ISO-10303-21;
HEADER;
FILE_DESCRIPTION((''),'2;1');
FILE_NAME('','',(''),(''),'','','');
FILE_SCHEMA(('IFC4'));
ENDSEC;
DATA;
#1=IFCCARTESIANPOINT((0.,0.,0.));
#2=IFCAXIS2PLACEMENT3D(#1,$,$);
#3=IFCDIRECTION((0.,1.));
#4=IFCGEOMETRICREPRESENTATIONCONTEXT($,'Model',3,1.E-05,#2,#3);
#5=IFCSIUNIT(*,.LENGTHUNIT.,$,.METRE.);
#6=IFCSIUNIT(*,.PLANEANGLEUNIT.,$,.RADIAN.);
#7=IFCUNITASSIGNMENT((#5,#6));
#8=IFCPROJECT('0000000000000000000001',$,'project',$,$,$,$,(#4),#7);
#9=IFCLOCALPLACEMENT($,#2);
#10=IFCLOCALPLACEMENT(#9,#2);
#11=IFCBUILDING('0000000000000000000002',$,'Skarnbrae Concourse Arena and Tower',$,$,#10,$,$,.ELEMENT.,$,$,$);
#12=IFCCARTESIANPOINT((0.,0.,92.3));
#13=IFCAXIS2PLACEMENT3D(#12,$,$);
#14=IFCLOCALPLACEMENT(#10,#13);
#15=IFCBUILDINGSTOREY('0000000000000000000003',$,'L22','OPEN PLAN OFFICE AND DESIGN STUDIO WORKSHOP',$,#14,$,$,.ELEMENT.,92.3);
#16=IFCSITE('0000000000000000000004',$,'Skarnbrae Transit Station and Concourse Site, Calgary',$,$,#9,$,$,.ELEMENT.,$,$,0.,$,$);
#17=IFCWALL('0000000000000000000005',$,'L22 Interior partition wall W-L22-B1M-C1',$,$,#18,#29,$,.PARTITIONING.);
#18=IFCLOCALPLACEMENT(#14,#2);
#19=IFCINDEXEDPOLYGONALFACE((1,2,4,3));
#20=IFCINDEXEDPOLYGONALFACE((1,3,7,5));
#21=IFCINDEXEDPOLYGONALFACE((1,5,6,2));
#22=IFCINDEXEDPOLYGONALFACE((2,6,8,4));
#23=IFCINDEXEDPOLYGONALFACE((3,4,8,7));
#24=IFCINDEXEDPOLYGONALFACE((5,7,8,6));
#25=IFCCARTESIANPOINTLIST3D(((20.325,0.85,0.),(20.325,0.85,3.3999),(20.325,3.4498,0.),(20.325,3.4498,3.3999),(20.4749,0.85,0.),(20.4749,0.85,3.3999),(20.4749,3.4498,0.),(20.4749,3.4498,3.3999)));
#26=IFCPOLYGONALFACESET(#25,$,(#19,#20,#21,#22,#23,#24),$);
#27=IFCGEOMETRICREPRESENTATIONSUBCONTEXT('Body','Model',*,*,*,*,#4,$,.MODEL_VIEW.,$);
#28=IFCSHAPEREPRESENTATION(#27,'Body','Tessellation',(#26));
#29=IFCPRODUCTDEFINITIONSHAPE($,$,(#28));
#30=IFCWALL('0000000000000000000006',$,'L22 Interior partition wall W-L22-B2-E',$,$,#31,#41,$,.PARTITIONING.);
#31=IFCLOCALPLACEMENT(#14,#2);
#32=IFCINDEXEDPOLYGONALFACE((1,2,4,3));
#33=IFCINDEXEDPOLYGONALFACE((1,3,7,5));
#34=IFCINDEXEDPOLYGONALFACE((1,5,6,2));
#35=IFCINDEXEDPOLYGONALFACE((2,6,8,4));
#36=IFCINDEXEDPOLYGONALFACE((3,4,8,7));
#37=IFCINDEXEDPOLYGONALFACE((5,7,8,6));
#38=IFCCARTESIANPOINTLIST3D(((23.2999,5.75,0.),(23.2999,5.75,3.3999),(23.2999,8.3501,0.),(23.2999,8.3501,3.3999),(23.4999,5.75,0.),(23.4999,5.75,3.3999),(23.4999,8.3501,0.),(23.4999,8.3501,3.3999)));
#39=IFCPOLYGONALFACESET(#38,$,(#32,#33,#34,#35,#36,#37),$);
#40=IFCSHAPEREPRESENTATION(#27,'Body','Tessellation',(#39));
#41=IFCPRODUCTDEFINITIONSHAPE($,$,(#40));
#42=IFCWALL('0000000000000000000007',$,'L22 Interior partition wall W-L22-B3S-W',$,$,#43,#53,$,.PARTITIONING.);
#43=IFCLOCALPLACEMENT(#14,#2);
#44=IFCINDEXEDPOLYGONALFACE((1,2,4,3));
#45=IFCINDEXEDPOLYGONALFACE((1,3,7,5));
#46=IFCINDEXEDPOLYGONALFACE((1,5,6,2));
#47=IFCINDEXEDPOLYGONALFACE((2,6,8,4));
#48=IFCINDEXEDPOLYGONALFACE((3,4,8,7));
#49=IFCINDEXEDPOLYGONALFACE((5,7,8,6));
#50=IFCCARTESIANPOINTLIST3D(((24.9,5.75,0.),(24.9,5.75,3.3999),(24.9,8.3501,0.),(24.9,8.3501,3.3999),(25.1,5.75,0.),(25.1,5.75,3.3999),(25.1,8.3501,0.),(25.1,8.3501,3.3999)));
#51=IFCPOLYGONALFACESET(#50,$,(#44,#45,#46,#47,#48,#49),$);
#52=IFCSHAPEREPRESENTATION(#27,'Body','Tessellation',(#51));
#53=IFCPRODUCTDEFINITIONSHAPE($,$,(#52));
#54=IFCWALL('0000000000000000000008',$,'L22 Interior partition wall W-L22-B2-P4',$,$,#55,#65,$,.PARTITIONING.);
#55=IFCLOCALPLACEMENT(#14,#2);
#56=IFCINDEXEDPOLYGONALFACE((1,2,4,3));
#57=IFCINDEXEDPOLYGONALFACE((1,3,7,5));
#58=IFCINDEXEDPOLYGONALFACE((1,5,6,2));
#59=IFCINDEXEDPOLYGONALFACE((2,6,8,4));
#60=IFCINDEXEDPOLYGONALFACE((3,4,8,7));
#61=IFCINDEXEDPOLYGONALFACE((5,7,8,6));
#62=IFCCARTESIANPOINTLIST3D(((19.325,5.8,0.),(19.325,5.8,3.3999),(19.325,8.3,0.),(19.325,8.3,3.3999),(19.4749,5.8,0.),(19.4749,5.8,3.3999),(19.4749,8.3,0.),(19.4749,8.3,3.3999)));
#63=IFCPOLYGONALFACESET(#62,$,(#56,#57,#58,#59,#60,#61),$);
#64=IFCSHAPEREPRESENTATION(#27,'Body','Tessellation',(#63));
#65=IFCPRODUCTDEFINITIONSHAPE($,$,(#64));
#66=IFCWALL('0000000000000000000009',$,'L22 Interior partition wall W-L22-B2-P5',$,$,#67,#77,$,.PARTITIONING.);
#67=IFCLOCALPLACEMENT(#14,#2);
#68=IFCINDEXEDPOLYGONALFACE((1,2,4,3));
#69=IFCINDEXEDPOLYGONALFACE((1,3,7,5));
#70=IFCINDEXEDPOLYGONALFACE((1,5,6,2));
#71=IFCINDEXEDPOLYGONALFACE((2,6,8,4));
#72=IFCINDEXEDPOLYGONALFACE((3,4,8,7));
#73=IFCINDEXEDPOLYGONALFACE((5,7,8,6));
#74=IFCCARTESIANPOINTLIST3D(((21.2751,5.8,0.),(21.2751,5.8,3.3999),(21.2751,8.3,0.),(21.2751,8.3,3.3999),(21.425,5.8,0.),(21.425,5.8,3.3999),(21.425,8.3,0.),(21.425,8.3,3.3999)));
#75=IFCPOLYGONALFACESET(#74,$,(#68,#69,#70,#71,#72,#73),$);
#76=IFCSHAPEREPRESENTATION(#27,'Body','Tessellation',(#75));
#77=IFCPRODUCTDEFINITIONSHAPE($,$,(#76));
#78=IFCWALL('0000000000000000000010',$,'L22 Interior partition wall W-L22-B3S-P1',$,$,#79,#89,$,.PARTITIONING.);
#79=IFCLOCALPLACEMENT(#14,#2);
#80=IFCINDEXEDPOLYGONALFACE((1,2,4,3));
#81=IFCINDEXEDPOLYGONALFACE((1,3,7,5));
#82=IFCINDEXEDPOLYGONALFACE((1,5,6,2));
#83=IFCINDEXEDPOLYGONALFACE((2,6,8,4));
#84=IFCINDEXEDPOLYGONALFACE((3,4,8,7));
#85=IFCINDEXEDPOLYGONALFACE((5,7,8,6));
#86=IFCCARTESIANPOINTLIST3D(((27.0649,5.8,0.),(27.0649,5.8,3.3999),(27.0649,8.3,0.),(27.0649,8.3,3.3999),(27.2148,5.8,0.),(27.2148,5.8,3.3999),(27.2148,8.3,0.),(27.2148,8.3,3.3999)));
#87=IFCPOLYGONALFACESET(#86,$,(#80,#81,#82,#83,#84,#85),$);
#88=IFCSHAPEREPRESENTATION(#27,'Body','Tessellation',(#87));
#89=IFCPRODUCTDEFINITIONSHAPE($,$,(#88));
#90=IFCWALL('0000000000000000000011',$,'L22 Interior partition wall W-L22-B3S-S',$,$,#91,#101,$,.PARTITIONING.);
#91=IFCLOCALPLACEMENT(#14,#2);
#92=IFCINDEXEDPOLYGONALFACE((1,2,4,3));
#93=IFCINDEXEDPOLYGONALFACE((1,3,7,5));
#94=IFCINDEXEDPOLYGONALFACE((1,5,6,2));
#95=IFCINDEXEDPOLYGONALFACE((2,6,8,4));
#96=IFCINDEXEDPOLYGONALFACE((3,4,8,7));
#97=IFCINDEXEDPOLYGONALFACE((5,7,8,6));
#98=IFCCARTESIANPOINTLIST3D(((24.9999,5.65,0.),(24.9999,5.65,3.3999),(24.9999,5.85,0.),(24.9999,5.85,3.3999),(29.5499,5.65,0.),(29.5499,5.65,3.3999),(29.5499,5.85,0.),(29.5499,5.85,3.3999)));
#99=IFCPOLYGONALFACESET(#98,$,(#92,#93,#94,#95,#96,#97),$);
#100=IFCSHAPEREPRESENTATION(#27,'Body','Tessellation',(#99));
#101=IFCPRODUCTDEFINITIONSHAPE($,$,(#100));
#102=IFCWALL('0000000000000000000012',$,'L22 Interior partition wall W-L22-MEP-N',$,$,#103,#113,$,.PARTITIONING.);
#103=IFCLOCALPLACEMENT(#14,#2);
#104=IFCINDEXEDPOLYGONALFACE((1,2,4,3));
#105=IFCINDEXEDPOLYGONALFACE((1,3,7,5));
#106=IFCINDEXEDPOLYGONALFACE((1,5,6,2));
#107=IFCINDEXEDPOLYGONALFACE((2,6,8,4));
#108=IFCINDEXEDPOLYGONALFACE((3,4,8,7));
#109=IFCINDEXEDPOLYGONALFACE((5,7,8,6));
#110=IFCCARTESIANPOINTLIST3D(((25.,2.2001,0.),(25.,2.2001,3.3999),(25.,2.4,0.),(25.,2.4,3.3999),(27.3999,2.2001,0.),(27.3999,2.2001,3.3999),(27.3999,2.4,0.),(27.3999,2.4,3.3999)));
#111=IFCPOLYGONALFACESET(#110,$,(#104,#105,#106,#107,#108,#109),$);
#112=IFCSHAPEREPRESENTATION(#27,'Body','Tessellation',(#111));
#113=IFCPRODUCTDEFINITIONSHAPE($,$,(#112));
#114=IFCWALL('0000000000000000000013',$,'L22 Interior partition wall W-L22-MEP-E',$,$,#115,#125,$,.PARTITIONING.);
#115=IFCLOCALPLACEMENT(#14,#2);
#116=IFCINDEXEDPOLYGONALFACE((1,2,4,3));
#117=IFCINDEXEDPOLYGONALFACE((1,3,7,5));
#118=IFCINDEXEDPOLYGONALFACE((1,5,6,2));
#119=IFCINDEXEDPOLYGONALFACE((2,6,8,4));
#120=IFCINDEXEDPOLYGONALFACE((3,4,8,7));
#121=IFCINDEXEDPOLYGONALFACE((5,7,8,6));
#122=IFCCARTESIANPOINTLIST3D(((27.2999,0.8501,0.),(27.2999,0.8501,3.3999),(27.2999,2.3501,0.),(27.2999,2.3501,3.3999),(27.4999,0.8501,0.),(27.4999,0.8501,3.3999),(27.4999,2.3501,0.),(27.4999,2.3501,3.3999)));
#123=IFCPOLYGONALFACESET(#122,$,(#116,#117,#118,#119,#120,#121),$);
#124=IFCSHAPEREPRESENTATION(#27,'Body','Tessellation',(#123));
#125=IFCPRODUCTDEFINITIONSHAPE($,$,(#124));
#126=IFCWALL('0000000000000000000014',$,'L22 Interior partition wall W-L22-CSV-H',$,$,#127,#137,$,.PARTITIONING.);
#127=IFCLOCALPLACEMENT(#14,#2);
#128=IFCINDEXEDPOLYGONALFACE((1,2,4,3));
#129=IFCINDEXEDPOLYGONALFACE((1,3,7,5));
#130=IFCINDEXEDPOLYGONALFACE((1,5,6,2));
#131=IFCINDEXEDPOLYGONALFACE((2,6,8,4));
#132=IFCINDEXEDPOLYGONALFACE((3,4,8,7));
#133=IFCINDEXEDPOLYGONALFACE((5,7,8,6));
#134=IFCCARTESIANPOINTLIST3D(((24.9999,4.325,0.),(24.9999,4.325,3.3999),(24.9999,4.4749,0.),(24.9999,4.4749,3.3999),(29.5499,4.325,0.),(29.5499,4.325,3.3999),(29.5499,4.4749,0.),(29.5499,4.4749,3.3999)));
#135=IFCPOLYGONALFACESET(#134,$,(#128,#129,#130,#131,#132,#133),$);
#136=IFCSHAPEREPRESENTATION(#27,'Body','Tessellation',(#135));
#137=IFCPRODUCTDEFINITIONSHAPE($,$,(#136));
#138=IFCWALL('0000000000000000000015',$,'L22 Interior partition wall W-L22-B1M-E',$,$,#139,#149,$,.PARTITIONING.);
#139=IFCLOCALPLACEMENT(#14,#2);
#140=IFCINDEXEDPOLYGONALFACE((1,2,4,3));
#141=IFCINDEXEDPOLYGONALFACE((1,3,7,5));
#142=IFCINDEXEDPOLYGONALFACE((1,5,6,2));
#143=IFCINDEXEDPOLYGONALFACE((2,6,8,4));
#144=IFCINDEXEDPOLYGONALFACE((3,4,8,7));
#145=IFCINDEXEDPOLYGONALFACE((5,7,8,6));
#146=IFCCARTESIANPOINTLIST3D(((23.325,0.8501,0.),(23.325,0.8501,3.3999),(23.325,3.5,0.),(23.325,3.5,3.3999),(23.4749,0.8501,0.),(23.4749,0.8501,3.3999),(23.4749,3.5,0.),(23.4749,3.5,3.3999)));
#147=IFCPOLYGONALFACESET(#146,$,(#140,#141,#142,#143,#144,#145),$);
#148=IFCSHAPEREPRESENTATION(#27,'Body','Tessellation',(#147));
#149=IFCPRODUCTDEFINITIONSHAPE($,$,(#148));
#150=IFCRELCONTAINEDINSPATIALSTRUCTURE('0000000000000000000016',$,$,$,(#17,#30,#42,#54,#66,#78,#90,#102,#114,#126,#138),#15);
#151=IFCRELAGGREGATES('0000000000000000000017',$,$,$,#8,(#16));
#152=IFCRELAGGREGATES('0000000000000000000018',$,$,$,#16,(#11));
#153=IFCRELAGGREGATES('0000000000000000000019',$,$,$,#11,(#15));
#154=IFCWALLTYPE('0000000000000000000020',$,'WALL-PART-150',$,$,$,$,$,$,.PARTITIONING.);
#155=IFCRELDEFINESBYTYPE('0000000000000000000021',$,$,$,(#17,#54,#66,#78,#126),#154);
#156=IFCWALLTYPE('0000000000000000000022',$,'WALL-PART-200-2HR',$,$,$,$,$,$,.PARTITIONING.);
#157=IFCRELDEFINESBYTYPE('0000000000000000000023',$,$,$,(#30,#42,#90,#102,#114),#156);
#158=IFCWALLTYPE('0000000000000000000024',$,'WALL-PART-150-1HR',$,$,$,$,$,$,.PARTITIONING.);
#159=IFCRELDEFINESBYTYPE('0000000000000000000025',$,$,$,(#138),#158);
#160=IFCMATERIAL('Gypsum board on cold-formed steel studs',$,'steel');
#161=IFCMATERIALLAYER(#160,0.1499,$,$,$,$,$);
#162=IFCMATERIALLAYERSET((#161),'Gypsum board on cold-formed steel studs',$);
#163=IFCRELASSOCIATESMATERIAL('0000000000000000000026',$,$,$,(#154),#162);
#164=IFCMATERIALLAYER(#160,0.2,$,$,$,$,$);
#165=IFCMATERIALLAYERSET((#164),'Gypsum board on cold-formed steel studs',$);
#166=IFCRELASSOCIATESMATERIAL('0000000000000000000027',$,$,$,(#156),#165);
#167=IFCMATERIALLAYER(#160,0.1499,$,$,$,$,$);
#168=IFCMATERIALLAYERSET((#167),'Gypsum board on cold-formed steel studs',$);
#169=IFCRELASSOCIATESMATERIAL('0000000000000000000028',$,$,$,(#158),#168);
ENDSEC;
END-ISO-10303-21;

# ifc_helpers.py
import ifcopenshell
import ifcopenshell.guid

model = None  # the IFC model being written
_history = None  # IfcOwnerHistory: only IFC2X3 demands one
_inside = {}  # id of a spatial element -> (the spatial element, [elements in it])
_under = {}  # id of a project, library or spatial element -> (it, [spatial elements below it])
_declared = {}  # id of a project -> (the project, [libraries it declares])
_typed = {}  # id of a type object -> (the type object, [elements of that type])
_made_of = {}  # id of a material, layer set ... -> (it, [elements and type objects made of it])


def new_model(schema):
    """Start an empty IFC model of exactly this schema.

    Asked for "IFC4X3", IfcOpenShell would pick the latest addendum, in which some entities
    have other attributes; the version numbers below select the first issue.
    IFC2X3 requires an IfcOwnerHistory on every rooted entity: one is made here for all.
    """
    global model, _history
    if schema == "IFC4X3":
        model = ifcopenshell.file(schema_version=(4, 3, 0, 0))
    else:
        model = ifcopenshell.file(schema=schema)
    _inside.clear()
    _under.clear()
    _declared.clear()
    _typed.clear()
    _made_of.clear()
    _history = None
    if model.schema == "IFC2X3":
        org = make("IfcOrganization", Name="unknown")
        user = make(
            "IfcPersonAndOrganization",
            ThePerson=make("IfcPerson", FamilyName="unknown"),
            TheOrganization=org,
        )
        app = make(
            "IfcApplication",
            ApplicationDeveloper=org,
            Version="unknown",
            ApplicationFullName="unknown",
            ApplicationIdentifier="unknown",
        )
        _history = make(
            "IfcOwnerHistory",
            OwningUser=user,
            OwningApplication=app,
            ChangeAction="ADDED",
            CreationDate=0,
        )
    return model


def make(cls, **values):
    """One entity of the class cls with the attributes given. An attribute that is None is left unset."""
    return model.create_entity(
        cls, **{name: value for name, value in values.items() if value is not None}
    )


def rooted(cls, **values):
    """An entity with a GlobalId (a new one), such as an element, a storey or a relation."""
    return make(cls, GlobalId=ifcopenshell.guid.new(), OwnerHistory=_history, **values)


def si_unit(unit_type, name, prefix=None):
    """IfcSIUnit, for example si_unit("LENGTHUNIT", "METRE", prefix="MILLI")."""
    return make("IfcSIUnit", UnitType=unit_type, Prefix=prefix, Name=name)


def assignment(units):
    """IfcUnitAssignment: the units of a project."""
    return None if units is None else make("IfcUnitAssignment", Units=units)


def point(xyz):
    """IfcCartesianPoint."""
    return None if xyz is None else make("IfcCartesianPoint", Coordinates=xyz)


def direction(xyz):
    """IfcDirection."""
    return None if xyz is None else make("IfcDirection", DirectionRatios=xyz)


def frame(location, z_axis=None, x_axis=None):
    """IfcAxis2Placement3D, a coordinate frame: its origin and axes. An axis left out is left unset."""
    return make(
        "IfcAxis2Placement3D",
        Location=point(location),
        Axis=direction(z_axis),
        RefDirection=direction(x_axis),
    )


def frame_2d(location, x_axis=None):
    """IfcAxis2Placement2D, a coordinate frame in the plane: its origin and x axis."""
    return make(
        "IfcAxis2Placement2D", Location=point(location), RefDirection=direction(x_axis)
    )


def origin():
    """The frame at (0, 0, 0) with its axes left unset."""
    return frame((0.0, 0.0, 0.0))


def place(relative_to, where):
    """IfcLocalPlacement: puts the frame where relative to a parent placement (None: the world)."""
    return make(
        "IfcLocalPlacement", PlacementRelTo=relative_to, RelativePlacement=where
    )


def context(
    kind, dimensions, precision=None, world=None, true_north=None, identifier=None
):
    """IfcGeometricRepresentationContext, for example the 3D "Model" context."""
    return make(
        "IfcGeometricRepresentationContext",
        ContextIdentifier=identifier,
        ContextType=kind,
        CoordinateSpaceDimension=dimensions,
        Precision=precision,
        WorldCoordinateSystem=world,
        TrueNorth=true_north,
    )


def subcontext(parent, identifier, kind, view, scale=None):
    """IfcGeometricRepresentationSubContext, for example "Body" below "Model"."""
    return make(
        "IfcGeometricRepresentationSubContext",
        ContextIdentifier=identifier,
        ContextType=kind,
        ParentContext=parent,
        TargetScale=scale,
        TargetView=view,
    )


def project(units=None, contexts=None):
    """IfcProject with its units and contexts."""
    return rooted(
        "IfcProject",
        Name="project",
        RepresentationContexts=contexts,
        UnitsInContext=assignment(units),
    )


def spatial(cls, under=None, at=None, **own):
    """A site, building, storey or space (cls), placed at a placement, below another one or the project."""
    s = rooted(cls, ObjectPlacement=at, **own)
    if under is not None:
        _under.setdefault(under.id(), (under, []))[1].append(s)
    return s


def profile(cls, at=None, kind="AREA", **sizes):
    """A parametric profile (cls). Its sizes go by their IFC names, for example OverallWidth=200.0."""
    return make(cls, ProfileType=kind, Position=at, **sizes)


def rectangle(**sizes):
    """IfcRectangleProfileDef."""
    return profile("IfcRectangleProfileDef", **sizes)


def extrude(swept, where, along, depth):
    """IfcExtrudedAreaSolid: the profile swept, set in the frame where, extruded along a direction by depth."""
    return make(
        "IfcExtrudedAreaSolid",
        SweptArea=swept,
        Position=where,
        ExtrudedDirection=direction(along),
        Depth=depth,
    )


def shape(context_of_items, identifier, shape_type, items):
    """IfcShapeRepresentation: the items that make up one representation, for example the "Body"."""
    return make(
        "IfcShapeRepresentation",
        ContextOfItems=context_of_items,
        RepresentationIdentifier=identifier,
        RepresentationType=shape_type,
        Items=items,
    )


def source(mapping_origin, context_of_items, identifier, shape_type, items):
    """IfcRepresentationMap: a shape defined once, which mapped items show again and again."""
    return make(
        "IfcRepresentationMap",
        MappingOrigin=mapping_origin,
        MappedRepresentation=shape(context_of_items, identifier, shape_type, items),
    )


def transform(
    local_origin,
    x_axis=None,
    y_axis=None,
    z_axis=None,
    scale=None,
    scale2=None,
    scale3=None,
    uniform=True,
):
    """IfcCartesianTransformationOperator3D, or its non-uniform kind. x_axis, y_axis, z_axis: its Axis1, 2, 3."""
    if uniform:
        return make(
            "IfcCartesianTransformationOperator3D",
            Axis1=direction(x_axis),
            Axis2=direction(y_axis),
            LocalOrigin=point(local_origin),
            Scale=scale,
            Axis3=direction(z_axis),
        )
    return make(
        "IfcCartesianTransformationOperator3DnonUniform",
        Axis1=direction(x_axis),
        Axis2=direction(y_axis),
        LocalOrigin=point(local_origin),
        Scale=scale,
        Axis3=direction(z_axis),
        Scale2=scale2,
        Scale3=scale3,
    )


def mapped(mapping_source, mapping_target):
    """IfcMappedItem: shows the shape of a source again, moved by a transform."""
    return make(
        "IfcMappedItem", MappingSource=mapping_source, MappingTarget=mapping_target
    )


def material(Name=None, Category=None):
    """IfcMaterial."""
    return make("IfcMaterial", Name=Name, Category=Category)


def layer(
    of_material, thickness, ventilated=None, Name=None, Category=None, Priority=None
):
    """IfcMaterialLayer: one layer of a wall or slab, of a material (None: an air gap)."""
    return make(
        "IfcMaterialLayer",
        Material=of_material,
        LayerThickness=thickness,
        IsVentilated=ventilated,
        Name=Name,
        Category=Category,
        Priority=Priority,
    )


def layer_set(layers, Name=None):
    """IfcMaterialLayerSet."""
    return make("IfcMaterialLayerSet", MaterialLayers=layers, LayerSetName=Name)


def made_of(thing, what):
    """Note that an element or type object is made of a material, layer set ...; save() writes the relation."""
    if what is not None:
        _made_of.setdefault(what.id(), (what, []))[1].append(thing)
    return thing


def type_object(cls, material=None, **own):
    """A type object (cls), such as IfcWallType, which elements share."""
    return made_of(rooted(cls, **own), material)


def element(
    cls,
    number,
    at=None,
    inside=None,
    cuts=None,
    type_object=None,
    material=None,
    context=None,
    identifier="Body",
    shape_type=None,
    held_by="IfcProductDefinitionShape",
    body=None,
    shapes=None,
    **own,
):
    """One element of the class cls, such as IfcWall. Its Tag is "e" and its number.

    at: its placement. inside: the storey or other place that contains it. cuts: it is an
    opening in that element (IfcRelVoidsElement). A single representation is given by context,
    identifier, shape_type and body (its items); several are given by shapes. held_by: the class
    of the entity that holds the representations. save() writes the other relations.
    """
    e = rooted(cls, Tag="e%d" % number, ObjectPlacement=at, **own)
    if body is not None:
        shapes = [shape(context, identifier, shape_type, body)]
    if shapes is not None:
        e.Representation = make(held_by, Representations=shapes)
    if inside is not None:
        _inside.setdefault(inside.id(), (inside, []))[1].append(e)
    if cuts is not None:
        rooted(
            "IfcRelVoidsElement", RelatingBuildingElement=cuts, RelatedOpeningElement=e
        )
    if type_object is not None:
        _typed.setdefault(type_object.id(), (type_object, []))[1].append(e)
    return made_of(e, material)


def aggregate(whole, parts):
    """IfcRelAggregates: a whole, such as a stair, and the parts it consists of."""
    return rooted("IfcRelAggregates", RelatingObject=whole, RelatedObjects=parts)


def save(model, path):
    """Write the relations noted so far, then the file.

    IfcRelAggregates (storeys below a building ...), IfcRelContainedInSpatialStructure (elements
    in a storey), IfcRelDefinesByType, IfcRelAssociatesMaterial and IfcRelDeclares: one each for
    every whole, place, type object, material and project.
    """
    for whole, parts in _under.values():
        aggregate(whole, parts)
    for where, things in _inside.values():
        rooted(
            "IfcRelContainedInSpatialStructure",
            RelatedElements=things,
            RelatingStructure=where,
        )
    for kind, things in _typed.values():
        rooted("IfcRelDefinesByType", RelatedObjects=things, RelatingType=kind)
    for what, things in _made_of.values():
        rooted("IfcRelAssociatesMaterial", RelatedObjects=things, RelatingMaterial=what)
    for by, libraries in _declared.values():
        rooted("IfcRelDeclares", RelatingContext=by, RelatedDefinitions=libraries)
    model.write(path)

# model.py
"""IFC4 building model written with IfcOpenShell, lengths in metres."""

from ifc_helpers import new_model, si_unit, direction, frame, frame_2d, origin, place, context, subcontext, project, spatial, rectangle, extrude, source, transform, mapped, material, layer, layer_set, type_object, element, save


model = new_model("IFC4")

# Units and contexts
model_context = context("Model", 3, precision=1e-05, world=origin(), true_north=direction((0.0, 1.0)))
body_context = subcontext(model_context, "Body", "Model", "MODEL_VIEW")
ifc_project = project(units=[si_unit("LENGTHUNIT", "METRE"), si_unit("PLANEANGLEUNIT", "RADIAN")], contexts=[model_context])

# Site, building, storey
site_placement = place(None, origin())
site = spatial("IfcSite", under=ifc_project, at=site_placement, Name="Skarnbrae Transit Station and Concourse Site, Calgary", CompositionType="ELEMENT", RefElevation=0.0)
building_placement = place(site_placement, origin())
building = spatial("IfcBuilding", under=site, at=building_placement, Name="Skarnbrae Concourse Arena and Tower", CompositionType="ELEMENT")
storey_placement = place(building_placement, frame((0.0, 0.0, 92.3)))
storey = spatial("IfcBuildingStorey", under=building, at=storey_placement, Name="L22", Description="OPEN PLAN OFFICE AND DESIGN STUDIO WORKSHOP", CompositionType="ELEMENT", Elevation=92.3)

# Walls
ifc_material_1 = material(Name="Gypsum board on cold-formed steel studs", Category="steel")
ifc_layer_1 = layer(ifc_material_1, 0.1499)
ifc_layer_set_1 = layer_set([ifc_layer_1], Name="Gypsum board on cold-formed steel studs")
wall_type_1 = type_object("IfcWallType", Name="WALL-PART-150", PredefinedType="PARTITIONING", material=ifc_layer_set_1)
shared_shape_1 = source(origin(), body_context, "Body", "SweptSolid", [
    extrude(rectangle(XDim=2.5999, YDim=0.1499, at=frame_2d((1.2998, 0.0))), origin(), (0.0, 0.0, 1.0), 3.3999),
])
wall_1_placement = place(storey_placement, frame((20.3999, 0.8501, 0.0), z_axis=(0.0, 0.0, 1.0), x_axis=(0.0, 1.0, 0.0)))
element("IfcWall", 1, at=wall_1_placement, inside=storey, type_object=wall_type_1, Name="L22 Interior partition wall W-L22-B1M-C1", PredefinedType="PARTITIONING", context=body_context, shape_type="MappedRepresentation", body=[
    mapped(shared_shape_1, transform((0.0, 0.0, 0.0))),
])
ifc_layer_2 = layer(ifc_material_1, 0.2)
ifc_layer_set_2 = layer_set([ifc_layer_2], Name="Gypsum board on cold-formed steel studs")
wall_type_2 = type_object("IfcWallType", Name="WALL-PART-200-2HR", PredefinedType="PARTITIONING", material=ifc_layer_set_2)
shared_shape_2 = source(origin(), body_context, "Body", "SweptSolid", [
    extrude(rectangle(XDim=2.6001, YDim=0.2, at=frame_2d((1.3, 0.0))), origin(), (0.0, 0.0, 1.0), 3.3999),
])
for number, where, z_axis, x_axis, name in (
    (2, (23.3999, 5.75, 0.0), (0.0, 0.0, 1.0), (0.0, 1.0, 0.0), "L22 Interior partition wall W-L22-B2-E"),
    (3, (25.0, 5.75, 0.0), (0.0, 0.0, 1.0), (0.0, 1.0, 0.0), "L22 Interior partition wall W-L22-B3S-W"),
):
    element("IfcWall", number, at=place(storey_placement, frame(where, z_axis=z_axis, x_axis=x_axis)), inside=storey, type_object=wall_type_2, Name=name, PredefinedType="PARTITIONING", context=body_context, shape_type="MappedRepresentation", body=[
        mapped(shared_shape_2, transform((0.0, 0.0, 0.0))),
    ])
shared_shape_3 = source(origin(), body_context, "Body", "SweptSolid", [
    extrude(rectangle(XDim=2.5, YDim=0.1499, at=frame_2d((1.25, 0.0))), origin(), (0.0, 0.0, 1.0), 3.3999),
])
for number, where, z_axis, x_axis, name in (
    (4, (19.3999, 5.8, 0.0), (0.0, 0.0, 1.0), (0.0, 1.0, 0.0), "L22 Interior partition wall W-L22-B2-P4"),
    (5, (21.3501, 5.8, 0.0), (0.0, 0.0, 1.0), (0.0, 1.0, 0.0), "L22 Interior partition wall W-L22-B2-P5"),
    (6, (27.1399, 5.8, 0.0), (0.0, 0.0, 1.0), (0.0, 1.0, 0.0), "L22 Interior partition wall W-L22-B3S-P1"),
):
    element("IfcWall", number, at=place(storey_placement, frame(where, z_axis=z_axis, x_axis=x_axis)), inside=storey, type_object=wall_type_1, Name=name, PredefinedType="PARTITIONING", context=body_context, shape_type="MappedRepresentation", body=[
        mapped(shared_shape_3, transform((0.0, 0.0, 0.0))),
    ])
shared_shape_4 = source(origin(), body_context, "Body", "SweptSolid", [
    extrude(rectangle(XDim=4.55, YDim=0.2, at=frame_2d((2.2749, 0.0))), origin(), (0.0, 0.0, 1.0), 3.3999),
])
wall_2_placement = place(storey_placement, frame((25.0, 5.75, 0.0), z_axis=(0.0, 0.0, 1.0), x_axis=(1.0, 0.0, 0.0)))
element("IfcWall", 7, at=wall_2_placement, inside=storey, type_object=wall_type_2, Name="L22 Interior partition wall W-L22-B3S-S", PredefinedType="PARTITIONING", context=body_context, shape_type="MappedRepresentation", body=[
    mapped(shared_shape_4, transform((0.0, 0.0, 0.0))),
])

# Shared definitions
ifc_layer_3 = layer(ifc_material_1, 0.1499)
ifc_layer_set_3 = layer_set([ifc_layer_3], Name="Gypsum board on cold-formed steel studs")
wall_type_3 = type_object("IfcWallType", Name="WALL-PART-150-1HR", PredefinedType="PARTITIONING", material=ifc_layer_set_3)

# Walls
shared_shape_5 = source(origin(), body_context, "Body", "SweptSolid", [
    extrude(rectangle(XDim=2.3999, YDim=0.2, at=frame_2d((1.2, 0.0))), origin(), (0.0, 0.0, 1.0), 3.3999),
])
wall_3_placement = place(storey_placement, frame((25.0, 2.3, 0.0), z_axis=(0.0, 0.0, 1.0), x_axis=(1.0, 0.0, 0.0)))
element("IfcWall", 8, at=wall_3_placement, inside=storey, type_object=wall_type_2, Name="L22 Interior partition wall W-L22-MEP-N", PredefinedType="PARTITIONING", context=body_context, shape_type="MappedRepresentation", body=[
    mapped(shared_shape_5, transform((0.0, 0.0, 0.0))),
])
shared_shape_6 = source(origin(), body_context, "Body", "SweptSolid", [
    extrude(rectangle(XDim=1.5, YDim=0.2, at=frame_2d((0.75, 0.0))), origin(), (0.0, 0.0, 1.0), 3.3999),
])
wall_4_placement = place(storey_placement, frame((27.3999, 0.8501, 0.0), z_axis=(0.0, 0.0, 1.0), x_axis=(0.0, 1.0, 0.0)))
element("IfcWall", 9, at=wall_4_placement, inside=storey, type_object=wall_type_2, Name="L22 Interior partition wall W-L22-MEP-E", PredefinedType="PARTITIONING", context=body_context, shape_type="MappedRepresentation", body=[
    mapped(shared_shape_6, transform((0.0, 0.0, 0.0))),
])
shared_shape_7 = source(origin(), body_context, "Body", "SweptSolid", [
    extrude(rectangle(XDim=4.55, YDim=0.1499, at=frame_2d((2.2749, 0.0))), origin(), (0.0, 0.0, 1.0), 3.3999),
])
wall_5_placement = place(storey_placement, frame((25.0, 4.3999, 0.0), z_axis=(0.0, 0.0, 1.0), x_axis=(1.0, 0.0, 0.0)))
element("IfcWall", 10, at=wall_5_placement, inside=storey, type_object=wall_type_1, Name="L22 Interior partition wall W-L22-CSV-H", PredefinedType="PARTITIONING", context=body_context, shape_type="MappedRepresentation", body=[
    mapped(shared_shape_7, transform((0.0, 0.0, 0.0))),
])
shared_shape_8 = source(origin(), body_context, "Body", "SweptSolid", [
    extrude(rectangle(XDim=2.6499, YDim=0.1499, at=frame_2d((1.325, 0.0))), origin(), (0.0, 0.0, 1.0), 3.3999),
])
wall_6_placement = place(storey_placement, frame((23.3999, 0.8501, 0.0), z_axis=(0.0, 0.0, 1.0), x_axis=(0.0, 1.0, 0.0)))
element("IfcWall", 11, at=wall_6_placement, inside=storey, type_object=wall_type_3, Name="L22 Interior partition wall W-L22-B1M-E", PredefinedType="PARTITIONING", context=body_context, shape_type="MappedRepresentation", body=[
    mapped(shared_shape_8, transform((0.0, 0.0, 0.0))),
])

save(model, "model.ifc")
